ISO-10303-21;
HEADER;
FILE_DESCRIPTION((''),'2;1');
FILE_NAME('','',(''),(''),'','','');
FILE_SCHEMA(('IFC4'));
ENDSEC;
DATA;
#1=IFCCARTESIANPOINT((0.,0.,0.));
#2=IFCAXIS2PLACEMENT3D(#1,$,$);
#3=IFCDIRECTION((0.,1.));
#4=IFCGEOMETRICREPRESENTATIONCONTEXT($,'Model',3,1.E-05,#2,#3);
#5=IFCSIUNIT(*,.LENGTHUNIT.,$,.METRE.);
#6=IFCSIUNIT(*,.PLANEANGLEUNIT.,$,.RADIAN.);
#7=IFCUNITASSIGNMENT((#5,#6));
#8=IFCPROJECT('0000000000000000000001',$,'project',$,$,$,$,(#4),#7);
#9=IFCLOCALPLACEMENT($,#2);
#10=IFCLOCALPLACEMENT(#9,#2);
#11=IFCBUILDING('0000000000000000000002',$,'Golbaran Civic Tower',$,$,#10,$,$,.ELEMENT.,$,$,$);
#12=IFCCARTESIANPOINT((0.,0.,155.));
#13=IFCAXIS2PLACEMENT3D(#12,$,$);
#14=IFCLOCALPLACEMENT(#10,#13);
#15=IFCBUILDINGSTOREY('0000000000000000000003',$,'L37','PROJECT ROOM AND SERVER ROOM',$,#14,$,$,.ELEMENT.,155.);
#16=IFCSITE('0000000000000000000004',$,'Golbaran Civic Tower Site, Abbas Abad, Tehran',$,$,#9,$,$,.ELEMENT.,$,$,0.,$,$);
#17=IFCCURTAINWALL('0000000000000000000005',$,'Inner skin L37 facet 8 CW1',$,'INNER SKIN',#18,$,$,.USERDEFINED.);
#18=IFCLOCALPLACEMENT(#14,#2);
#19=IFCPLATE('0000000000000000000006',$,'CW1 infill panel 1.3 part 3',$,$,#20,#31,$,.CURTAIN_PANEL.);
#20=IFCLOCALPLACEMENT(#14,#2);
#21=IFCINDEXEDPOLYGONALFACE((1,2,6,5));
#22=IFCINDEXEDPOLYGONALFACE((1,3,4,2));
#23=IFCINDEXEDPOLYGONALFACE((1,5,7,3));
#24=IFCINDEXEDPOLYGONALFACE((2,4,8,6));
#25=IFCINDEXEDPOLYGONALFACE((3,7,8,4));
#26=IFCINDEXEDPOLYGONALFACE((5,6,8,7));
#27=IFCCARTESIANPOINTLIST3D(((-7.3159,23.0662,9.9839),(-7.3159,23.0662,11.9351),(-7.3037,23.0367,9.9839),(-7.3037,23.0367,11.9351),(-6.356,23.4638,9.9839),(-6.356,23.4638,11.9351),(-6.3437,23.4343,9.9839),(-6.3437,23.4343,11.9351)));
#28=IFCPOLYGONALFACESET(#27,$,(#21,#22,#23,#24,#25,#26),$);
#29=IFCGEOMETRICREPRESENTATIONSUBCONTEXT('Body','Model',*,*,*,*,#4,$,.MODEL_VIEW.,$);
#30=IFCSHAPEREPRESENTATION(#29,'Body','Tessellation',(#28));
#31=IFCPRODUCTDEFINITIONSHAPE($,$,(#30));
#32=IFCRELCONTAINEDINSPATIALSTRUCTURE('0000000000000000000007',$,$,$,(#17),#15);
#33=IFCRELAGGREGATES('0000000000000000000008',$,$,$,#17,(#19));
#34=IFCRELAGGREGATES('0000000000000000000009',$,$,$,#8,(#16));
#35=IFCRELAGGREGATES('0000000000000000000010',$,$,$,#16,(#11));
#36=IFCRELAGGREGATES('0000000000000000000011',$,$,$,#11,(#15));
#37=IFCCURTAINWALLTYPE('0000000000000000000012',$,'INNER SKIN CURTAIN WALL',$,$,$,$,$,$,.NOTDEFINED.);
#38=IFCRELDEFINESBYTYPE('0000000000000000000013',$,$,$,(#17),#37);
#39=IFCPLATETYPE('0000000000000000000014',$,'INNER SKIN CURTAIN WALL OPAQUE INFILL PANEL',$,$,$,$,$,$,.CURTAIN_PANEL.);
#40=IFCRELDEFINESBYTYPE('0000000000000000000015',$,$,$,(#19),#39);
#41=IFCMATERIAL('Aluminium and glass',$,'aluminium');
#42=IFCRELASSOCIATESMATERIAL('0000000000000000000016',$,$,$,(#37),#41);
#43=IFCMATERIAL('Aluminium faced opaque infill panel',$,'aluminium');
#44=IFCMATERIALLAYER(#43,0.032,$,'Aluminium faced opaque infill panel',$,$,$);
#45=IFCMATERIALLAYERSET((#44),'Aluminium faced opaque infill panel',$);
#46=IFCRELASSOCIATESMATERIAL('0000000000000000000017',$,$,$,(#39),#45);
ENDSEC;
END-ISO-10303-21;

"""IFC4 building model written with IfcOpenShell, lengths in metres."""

from ifc_helpers import new_model, si_unit, direction, frame, origin, origin_2d, place, context, subcontext, project, spatial, rectangle, extrude, material, layer, layer_set, type_object, element, aggregate, save


model = new_model("IFC4")

# Units and contexts
model_context = context("Model", 3, precision=1e-05, world=origin(), true_north=direction((0.0, 1.0)))
body_context = subcontext(model_context, "Body", "Model", "MODEL_VIEW")
ifc_project = project(units=[si_unit("LENGTHUNIT", "METRE"), si_unit("PLANEANGLEUNIT", "RADIAN")], contexts=[model_context])

# Site, building, storey
site_placement = place(None, origin())
site = spatial("IfcSite", under=ifc_project, at=site_placement, Name="Golbaran Civic Tower Site, Abbas Abad, Tehran", CompositionType="ELEMENT", RefElevation=0.0)
building_placement = place(site_placement, origin())
building = spatial("IfcBuilding", under=site, at=building_placement, Name="Golbaran Civic Tower", CompositionType="ELEMENT")
storey_placement = place(building_placement, frame((0.0, 0.0, 155.0)))
storey = spatial("IfcBuildingStorey", under=building, at=storey_placement, Name="L37", Description="PROJECT ROOM AND SERVER ROOM", CompositionType="ELEMENT", Elevation=155.0)

# Curtain wall
ifc_material_1 = material(Name="Aluminium and glass", Category="aluminium")
curtain_wall_type = type_object("IfcCurtainWallType", Name="INNER SKIN CURTAIN WALL", PredefinedType="NOTDEFINED", material=ifc_material_1)
curtain_wall_1_placement = place(storey_placement, origin())
curtain_wall_1 = element("IfcCurtainWall", 1, at=curtain_wall_1_placement, inside=storey, type_object=curtain_wall_type, Name="Inner skin L37 facet 8 CW1", ObjectType="INNER SKIN", PredefinedType="USERDEFINED")

# Plate
ifc_material_2 = material(Name="Aluminium faced opaque infill panel", Category="aluminium")
ifc_layer_1 = layer(ifc_material_2, 0.032, Name="Aluminium faced opaque infill panel")
ifc_layer_set_1 = layer_set([ifc_layer_1], Name="Aluminium faced opaque infill panel")
plate_type_1 = type_object("IfcPlateType", Name="INNER SKIN CURTAIN WALL OPAQUE INFILL PANEL", PredefinedType="CURTAIN_PANEL", material=ifc_layer_set_1)
plate_1_placement = place(storey_placement, frame((-6.8298, 23.2502, 9.9839), z_axis=(0.0, 0.0, 1.0), x_axis=(-0.92388, -0.382683, 0.0)))
plate_1 = element("IfcPlate", 2, at=plate_1_placement, type_object=plate_type_1, Name="CW1 infill panel 1.3 part 3", PredefinedType="CURTAIN_PANEL", context=body_context, shape_type="SweptSolid", body=[
    extrude(rectangle(XDim=1.0391, YDim=0.032, at=origin_2d()), origin(), (0.0, 0.0, 1.0), 1.9512),
])
aggregate(curtain_wall_1, [plate_1])

save(model, "model.ifc")
